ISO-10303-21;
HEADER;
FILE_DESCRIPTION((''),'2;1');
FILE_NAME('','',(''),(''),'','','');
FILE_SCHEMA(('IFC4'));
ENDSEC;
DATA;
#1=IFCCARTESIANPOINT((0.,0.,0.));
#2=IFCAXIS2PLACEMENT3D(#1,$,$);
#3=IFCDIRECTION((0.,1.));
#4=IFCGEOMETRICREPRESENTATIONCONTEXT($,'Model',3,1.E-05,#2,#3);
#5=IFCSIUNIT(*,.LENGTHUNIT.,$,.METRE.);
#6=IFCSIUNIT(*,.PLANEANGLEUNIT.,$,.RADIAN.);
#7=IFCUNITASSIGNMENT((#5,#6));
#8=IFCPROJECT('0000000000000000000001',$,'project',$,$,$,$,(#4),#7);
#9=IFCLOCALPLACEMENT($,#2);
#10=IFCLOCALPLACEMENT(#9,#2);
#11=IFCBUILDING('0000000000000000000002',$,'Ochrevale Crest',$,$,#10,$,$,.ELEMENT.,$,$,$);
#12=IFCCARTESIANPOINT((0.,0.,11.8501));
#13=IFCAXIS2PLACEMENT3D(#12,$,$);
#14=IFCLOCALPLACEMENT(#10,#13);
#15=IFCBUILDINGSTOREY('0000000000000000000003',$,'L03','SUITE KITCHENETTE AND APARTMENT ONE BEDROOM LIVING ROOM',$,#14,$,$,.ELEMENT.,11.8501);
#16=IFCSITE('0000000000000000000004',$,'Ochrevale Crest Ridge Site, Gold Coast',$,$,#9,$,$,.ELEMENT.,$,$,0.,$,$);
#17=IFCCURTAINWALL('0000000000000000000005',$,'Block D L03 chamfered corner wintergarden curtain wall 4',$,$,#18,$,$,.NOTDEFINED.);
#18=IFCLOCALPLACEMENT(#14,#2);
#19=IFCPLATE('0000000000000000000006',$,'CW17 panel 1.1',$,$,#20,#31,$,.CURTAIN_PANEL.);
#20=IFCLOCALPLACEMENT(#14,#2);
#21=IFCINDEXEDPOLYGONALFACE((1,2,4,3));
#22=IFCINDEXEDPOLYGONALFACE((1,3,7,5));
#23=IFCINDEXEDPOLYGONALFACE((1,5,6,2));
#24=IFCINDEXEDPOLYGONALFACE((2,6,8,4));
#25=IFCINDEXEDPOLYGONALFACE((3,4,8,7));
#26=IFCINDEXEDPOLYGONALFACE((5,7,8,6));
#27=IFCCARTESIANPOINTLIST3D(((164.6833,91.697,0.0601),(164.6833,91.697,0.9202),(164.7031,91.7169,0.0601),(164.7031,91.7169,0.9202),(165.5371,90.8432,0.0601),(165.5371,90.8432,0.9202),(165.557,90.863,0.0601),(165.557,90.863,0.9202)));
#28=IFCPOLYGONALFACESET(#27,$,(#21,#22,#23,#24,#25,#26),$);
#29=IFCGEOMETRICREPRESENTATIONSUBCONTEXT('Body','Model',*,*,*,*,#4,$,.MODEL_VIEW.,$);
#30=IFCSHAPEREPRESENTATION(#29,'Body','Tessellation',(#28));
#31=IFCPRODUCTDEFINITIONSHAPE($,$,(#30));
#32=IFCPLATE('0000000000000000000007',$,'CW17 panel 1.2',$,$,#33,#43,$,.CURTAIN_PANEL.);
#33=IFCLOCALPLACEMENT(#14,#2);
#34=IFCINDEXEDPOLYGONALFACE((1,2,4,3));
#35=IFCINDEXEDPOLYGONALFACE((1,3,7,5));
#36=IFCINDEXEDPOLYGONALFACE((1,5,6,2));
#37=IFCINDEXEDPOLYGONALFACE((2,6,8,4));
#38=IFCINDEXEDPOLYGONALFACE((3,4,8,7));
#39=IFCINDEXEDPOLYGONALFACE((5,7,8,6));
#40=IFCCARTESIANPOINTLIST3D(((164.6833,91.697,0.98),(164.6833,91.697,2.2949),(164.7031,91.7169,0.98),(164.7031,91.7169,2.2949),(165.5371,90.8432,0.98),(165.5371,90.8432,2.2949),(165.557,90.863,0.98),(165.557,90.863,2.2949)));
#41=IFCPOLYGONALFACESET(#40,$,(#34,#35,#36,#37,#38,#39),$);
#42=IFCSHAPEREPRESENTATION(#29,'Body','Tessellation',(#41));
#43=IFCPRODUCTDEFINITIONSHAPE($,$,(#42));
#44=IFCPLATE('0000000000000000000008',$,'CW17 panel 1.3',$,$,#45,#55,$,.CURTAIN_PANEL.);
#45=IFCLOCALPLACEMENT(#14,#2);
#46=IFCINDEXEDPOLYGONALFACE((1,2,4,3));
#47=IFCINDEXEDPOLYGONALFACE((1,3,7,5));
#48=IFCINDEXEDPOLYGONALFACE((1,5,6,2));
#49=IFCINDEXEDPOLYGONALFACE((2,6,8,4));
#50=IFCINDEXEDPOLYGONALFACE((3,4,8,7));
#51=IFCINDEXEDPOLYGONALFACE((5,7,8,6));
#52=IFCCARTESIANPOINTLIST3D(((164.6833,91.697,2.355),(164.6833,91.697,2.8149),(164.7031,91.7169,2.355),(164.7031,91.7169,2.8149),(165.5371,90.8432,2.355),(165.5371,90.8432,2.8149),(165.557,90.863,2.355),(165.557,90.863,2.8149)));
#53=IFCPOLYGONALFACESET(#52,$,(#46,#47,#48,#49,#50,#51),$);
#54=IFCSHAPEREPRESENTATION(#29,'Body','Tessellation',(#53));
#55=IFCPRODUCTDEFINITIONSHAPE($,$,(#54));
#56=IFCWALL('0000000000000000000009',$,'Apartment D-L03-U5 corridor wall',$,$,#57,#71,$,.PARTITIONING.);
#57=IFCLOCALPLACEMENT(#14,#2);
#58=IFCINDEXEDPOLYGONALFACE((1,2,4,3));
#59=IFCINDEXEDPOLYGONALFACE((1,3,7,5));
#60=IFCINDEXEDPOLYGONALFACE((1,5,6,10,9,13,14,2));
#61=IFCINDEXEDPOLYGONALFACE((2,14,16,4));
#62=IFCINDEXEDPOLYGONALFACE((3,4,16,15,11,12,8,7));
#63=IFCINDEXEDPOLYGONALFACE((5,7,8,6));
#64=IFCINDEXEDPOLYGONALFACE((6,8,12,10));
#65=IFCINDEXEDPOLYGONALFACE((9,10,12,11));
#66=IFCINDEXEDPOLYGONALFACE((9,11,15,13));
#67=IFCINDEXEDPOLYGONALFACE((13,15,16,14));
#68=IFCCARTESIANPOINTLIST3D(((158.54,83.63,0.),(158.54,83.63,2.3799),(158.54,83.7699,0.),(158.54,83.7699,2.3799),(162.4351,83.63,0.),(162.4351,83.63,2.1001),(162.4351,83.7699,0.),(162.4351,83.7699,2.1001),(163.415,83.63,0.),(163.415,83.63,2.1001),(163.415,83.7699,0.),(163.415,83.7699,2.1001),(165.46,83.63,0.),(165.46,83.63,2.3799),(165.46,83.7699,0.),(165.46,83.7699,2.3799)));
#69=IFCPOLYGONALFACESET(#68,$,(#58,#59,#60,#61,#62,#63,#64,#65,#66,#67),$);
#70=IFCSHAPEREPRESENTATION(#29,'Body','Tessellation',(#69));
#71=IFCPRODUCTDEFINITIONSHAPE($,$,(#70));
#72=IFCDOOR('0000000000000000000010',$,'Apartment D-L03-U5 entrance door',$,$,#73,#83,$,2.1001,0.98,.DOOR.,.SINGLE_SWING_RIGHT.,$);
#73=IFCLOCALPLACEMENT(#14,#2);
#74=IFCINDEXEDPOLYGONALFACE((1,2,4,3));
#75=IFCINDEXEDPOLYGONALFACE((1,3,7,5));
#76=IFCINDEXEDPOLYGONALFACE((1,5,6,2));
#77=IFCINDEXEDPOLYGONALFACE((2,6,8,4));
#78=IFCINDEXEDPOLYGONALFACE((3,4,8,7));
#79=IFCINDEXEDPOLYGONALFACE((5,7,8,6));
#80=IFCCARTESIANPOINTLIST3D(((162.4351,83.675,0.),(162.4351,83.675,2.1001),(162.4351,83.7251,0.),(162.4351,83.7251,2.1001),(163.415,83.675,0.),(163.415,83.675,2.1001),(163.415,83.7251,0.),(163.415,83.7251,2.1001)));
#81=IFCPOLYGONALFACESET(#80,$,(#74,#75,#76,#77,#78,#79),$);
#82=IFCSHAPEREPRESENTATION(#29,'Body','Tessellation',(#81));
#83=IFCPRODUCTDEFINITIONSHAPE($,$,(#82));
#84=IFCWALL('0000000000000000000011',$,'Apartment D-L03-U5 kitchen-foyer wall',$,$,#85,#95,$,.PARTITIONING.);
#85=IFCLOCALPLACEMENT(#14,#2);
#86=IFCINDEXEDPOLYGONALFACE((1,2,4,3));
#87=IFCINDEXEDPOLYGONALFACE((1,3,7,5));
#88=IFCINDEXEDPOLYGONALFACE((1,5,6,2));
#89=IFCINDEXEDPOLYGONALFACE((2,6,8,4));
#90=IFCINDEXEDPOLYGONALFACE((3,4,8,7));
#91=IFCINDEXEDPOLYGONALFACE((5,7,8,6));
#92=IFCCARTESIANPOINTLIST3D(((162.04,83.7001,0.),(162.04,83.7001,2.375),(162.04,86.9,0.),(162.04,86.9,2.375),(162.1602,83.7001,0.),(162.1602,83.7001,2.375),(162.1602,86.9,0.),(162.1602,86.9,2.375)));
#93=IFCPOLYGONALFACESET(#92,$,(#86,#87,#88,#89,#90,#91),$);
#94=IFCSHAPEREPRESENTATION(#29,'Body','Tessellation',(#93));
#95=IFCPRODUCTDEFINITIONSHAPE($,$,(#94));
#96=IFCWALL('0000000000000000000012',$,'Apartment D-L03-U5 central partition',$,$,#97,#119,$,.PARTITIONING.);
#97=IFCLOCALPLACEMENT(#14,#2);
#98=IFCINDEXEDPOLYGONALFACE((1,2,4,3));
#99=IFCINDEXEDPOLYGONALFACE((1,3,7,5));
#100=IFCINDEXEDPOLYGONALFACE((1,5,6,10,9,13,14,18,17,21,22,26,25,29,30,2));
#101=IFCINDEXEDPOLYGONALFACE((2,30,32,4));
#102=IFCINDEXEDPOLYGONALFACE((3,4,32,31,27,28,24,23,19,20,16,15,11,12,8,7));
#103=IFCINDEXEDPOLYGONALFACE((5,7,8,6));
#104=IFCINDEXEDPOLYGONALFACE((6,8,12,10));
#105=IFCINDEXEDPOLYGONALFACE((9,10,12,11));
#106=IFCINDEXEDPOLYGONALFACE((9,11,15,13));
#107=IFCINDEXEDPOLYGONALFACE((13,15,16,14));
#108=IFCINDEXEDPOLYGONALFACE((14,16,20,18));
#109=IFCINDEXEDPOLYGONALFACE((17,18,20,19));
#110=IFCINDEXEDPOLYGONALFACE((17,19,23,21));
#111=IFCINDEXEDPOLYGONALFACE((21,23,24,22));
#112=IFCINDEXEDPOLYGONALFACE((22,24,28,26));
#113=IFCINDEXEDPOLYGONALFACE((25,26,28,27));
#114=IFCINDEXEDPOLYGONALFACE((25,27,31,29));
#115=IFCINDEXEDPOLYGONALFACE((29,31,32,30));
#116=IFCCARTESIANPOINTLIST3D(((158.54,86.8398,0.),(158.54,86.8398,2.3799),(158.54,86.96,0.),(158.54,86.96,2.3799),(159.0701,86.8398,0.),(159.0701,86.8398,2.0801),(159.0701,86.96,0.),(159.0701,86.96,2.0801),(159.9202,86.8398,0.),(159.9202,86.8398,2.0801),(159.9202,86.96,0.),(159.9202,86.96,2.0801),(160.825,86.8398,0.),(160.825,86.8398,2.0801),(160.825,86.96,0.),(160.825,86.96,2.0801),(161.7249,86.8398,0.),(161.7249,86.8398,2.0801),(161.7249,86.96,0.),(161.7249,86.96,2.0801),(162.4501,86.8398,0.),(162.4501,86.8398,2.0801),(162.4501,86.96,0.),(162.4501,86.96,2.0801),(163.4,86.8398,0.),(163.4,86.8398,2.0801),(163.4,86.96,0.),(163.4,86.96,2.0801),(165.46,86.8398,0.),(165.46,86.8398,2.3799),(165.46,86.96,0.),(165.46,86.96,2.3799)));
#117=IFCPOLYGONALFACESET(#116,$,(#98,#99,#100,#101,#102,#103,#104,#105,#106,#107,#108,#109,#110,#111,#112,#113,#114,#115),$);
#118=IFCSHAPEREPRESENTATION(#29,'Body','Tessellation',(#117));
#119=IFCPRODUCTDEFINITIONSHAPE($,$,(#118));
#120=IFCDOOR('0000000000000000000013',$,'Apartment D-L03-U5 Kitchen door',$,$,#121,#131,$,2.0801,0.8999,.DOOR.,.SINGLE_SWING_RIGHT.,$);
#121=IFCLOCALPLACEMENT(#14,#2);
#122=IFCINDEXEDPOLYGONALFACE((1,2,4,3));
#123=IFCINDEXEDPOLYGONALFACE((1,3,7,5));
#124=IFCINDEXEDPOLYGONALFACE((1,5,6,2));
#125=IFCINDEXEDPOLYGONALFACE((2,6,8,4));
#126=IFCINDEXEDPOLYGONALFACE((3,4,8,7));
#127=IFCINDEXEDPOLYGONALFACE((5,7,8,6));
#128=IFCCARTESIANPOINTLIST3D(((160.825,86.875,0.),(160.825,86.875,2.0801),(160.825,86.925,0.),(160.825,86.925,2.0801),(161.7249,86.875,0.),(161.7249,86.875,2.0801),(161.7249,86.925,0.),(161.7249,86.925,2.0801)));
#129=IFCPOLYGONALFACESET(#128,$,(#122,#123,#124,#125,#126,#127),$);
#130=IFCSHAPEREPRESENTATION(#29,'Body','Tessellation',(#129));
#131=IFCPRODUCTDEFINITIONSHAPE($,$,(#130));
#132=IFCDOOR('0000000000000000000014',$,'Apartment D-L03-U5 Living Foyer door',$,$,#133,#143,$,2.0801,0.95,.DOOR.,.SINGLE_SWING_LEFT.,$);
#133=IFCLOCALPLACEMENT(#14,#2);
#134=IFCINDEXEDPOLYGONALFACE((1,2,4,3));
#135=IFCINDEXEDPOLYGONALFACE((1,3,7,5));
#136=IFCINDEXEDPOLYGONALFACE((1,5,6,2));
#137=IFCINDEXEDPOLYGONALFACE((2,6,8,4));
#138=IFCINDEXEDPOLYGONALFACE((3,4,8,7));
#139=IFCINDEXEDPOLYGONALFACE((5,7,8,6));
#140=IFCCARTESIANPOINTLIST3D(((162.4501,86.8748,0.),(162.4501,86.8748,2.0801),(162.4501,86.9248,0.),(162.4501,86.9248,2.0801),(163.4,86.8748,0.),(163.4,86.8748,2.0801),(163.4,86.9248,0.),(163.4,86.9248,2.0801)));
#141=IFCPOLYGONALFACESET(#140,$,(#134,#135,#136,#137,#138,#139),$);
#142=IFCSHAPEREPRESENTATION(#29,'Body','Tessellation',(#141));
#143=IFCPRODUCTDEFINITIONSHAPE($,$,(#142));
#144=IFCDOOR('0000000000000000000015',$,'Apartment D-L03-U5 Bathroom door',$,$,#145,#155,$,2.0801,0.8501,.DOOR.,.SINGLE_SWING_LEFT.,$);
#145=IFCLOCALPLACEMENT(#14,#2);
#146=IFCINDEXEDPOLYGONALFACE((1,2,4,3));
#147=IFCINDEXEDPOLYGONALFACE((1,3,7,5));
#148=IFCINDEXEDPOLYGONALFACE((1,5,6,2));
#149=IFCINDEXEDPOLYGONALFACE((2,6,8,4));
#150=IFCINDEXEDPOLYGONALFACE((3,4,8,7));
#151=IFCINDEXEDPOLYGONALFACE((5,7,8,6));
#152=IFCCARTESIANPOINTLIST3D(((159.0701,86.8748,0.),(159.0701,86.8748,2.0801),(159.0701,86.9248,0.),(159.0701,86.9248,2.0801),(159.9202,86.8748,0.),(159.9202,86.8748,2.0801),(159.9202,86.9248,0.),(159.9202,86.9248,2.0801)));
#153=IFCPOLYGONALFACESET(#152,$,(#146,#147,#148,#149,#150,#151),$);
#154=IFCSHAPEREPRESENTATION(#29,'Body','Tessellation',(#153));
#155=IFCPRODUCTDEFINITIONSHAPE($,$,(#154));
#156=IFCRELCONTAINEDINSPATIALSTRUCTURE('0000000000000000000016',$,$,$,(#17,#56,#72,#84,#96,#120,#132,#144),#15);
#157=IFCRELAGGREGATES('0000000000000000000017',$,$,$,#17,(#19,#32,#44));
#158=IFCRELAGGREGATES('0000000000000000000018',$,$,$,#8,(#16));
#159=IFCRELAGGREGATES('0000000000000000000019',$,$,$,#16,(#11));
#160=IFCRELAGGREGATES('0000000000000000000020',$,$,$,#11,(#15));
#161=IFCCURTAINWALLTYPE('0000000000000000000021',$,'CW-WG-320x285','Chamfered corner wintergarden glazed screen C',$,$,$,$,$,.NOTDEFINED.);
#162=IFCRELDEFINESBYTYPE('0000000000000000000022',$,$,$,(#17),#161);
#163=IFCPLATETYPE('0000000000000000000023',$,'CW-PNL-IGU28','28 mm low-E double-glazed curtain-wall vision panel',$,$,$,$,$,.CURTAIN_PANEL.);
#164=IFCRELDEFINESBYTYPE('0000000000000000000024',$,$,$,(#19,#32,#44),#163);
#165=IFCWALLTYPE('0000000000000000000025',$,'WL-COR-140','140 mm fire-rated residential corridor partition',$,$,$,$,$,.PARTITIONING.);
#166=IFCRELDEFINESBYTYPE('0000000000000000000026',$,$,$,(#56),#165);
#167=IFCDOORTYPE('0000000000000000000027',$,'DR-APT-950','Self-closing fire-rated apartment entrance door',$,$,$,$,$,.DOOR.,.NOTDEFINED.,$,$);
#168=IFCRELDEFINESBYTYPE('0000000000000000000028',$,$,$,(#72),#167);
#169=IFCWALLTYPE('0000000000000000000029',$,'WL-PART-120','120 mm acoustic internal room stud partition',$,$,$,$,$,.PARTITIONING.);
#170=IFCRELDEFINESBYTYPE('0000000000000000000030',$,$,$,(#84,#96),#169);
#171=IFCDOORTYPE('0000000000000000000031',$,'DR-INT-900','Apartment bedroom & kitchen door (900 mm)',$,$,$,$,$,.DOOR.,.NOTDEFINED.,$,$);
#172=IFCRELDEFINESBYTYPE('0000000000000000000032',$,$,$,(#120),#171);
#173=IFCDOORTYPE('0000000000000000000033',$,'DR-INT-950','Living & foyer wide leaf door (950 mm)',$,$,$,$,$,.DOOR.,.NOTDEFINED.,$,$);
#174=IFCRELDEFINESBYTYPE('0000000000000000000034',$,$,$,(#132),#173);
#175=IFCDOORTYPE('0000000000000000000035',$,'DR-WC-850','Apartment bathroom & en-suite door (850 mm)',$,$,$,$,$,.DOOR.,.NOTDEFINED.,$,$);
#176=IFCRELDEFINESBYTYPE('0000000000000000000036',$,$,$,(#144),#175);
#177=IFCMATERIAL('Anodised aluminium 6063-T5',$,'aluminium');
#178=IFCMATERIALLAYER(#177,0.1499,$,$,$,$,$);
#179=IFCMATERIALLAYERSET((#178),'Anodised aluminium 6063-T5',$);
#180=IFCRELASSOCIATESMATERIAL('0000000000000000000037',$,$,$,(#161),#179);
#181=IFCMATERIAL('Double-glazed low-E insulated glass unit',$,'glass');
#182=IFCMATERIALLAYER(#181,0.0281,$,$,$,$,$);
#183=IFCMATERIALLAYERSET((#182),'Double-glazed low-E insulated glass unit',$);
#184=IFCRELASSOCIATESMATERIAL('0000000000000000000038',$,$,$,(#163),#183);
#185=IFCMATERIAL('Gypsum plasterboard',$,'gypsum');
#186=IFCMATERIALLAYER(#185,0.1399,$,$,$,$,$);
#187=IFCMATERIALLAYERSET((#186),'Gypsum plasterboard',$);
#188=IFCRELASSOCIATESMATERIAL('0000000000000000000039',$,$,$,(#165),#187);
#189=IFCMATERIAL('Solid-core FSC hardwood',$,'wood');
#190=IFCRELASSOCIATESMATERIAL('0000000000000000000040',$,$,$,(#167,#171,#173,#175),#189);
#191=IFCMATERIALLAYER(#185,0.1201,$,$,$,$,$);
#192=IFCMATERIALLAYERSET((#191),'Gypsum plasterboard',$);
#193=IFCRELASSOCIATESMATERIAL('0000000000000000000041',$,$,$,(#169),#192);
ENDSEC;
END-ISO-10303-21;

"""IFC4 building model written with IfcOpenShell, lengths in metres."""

from ifc_helpers import new_model, si_unit, direction, frame, frame_2d, origin, origin_2d, place, context, subcontext, project, spatial, rectangle, extrude, material, layer, layer_set, type_object, element, fill, aggregate, save


model = new_model("IFC4")

# Units and contexts
model_context = context("Model", 3, precision=1e-05, world=origin(), true_north=direction((0.0, 1.0)))
body_context = subcontext(model_context, "Body", "Model", "MODEL_VIEW")
ifc_project = project(units=[si_unit("LENGTHUNIT", "METRE"), si_unit("PLANEANGLEUNIT", "RADIAN")], contexts=[model_context])

# Site, building, storey
site_placement = place(None, origin())
site = spatial("IfcSite", under=ifc_project, at=site_placement, Name="Ochrevale Crest Ridge Site, Gold Coast", CompositionType="ELEMENT", RefElevation=0.0)
building_placement = place(site_placement, origin())
building = spatial("IfcBuilding", under=site, at=building_placement, Name="Ochrevale Crest", CompositionType="ELEMENT")
storey_placement = place(building_placement, frame((0.0, 0.0, 11.8501)))
storey = spatial("IfcBuildingStorey", under=building, at=storey_placement, Name="L03", Description="SUITE KITCHENETTE AND APARTMENT ONE BEDROOM LIVING ROOM", CompositionType="ELEMENT", Elevation=11.8501)

# Curtain wall, plates
ifc_material_1 = material(Name="Anodised aluminium 6063-T5", Category="aluminium")
ifc_layer_1 = layer(ifc_material_1, 0.1499)
ifc_layer_set_1 = layer_set([ifc_layer_1], Name="Anodised aluminium 6063-T5")
curtain_wall_type = type_object("IfcCurtainWallType", Name="CW-WG-320x285", Description="Chamfered corner wintergarden glazed screen C", PredefinedType="NOTDEFINED", material=ifc_layer_set_1)
curtain_wall_placement = place(storey_placement, origin())
curtain_wall = element("IfcCurtainWall", 1, at=curtain_wall_placement, inside=storey, type_object=curtain_wall_type, Name="Block D L03 chamfered corner wintergarden curtain wall 4", PredefinedType="NOTDEFINED")
ifc_material_2 = material(Name="Double-glazed low-E insulated glass unit", Category="glass")
ifc_layer_2 = layer(ifc_material_2, 0.0281)
ifc_layer_set_2 = layer_set([ifc_layer_2], Name="Double-glazed low-E insulated glass unit")
plate_type = type_object("IfcPlateType", Name="CW-PNL-IGU28", Description="28 mm low-E double-glazed curtain-wall vision panel", PredefinedType="CURTAIN_PANEL", material=ifc_layer_set_2)
plate_1_placement = place(storey_placement, frame((165.1201, 91.28, 0.0601), z_axis=(0.0, 0.0, 1.0), x_axis=(-0.707107, 0.707107, 0.0)))
plate_1 = element("IfcPlate", 2, at=plate_1_placement, type_object=plate_type, Name="CW17 panel 1.1", PredefinedType="CURTAIN_PANEL", context=body_context, shape_type="SweptSolid", body=[
    extrude(rectangle(XDim=1.2075, YDim=0.0281, at=origin_2d()), origin(), (0.0, 0.0, 1.0), 0.8601),
])
plate_2_placement = place(storey_placement, frame((165.1201, 91.28, 0.98), z_axis=(0.0, 0.0, 1.0), x_axis=(-0.707107, 0.707107, 0.0)))
plate_2 = element("IfcPlate", 3, at=plate_2_placement, type_object=plate_type, Name="CW17 panel 1.2", PredefinedType="CURTAIN_PANEL", context=body_context, shape_type="SweptSolid", body=[
    extrude(rectangle(XDim=1.2075, YDim=0.0281, at=origin_2d()), origin(), (0.0, 0.0, 1.0), 1.3149),
])
plate_3_placement = place(storey_placement, frame((165.1201, 91.28, 2.355), z_axis=(0.0, 0.0, 1.0), x_axis=(-0.707107, 0.707107, 0.0)))
plate_3 = element("IfcPlate", 4, at=plate_3_placement, type_object=plate_type, Name="CW17 panel 1.3", PredefinedType="CURTAIN_PANEL", context=body_context, shape_type="SweptSolid", body=[
    extrude(rectangle(XDim=1.2075, YDim=0.0281, at=origin_2d()), origin(), (0.0, 0.0, 1.0), 0.46),
])
aggregate(curtain_wall, [plate_1, plate_2, plate_3])

# Wall, opening, door
ifc_material_3 = material(Name="Gypsum plasterboard", Category="gypsum")
ifc_layer_3 = layer(ifc_material_3, 0.1399)
ifc_layer_set_3 = layer_set([ifc_layer_3], Name="Gypsum plasterboard")
wall_type_1 = type_object("IfcWallType", Name="WL-COR-140", Description="140 mm fire-rated residential corridor partition", PredefinedType="PARTITIONING", material=ifc_layer_set_3)
wall_1_placement = place(storey_placement, frame((158.54, 83.7, 0.0), z_axis=(0.0, 0.0, 1.0), x_axis=(1.0, 0.0, 0.0)))
wall_1 = element("IfcWall", 5, at=wall_1_placement, inside=storey, type_object=wall_type_1, Name="Apartment D-L03-U5 corridor wall", PredefinedType="PARTITIONING", context=body_context, shape_type="SweptSolid", body=[
    extrude(rectangle(XDim=6.9199, YDim=0.1399, at=frame_2d((3.46, 0.0))), origin(), (0.0, 0.0, 1.0), 2.3799),
])
opening_1_placement = place(wall_1_placement, frame((4.875, 0.0, 0.0), z_axis=(0.0, 0.0, 1.0), x_axis=(-1.0, 0.0, 0.0)))
opening_1 = element("IfcOpeningElement", 6, at=opening_1_placement, cuts=wall_1, PredefinedType="OPENING", context=body_context, shape_type="SweptSolid", body=[
    extrude(rectangle(XDim=0.98, YDim=2.1001, at=frame_2d((0.49, 1.05))), frame((0.0, 0.0801, 0.0), z_axis=(0.0, -1.0, 0.0), x_axis=(1.0, 0.0, 0.0)), (0.0, 0.0, 1.0), 0.1599),
])
ifc_material_4 = material(Name="Solid-core FSC hardwood", Category="wood")
door_type_1 = type_object("IfcDoorType", Name="DR-APT-950", Description="Self-closing fire-rated apartment entrance door", OperationType="NOTDEFINED", PredefinedType="DOOR", material=ifc_material_4)
door_1_placement = place(opening_1_placement, origin())
door_1 = element("IfcDoor", 7, at=door_1_placement, inside=storey, type_object=door_type_1, Name="Apartment D-L03-U5 entrance door", OperationType="SINGLE_SWING_RIGHT", OverallHeight=2.1001, OverallWidth=0.98, PredefinedType="DOOR", context=body_context, shape_type="SweptSolid", body=[
    extrude(rectangle(XDim=0.98, YDim=2.1001, at=frame_2d((0.49, 1.05))), frame((0.0, 0.0249, 0.0), z_axis=(0.0, -1.0, 0.0), x_axis=(1.0, 0.0, 0.0)), (0.0, 0.0, 1.0), 0.05),
])
fill(opening_1, door_1)

# Wall
ifc_layer_4 = layer(ifc_material_3, 0.1201)
ifc_layer_set_4 = layer_set([ifc_layer_4], Name="Gypsum plasterboard")
wall_type_2 = type_object("IfcWallType", Name="WL-PART-120", Description="120 mm acoustic internal room stud partition", PredefinedType="PARTITIONING", material=ifc_layer_set_4)
wall_2_placement = place(storey_placement, frame((162.1001, 83.7, 0.0), z_axis=(0.0, 0.0, 1.0), x_axis=(0.0, 1.0, 0.0)))
element("IfcWall", 8, at=wall_2_placement, inside=storey, type_object=wall_type_2, Name="Apartment D-L03-U5 kitchen-foyer wall", PredefinedType="PARTITIONING", context=body_context, shape_type="SweptSolid", body=[
    extrude(rectangle(XDim=3.2, YDim=0.1201, at=frame_2d((1.6001, 0.0))), origin(), (0.0, 0.0, 1.0), 2.375),
])

# Wall, openings, doors
wall_3_placement = place(storey_placement, frame((158.54, 86.8999, 0.0), z_axis=(0.0, 0.0, 1.0), x_axis=(1.0, 0.0, 0.0)))
wall_3 = element("IfcWall", 9, at=wall_3_placement, inside=storey, type_object=wall_type_2, Name="Apartment D-L03-U5 central partition", PredefinedType="PARTITIONING", context=body_context, shape_type="SweptSolid", body=[
    extrude(rectangle(XDim=6.9199, YDim=0.1201, at=frame_2d((3.46, 0.0))), origin(), (0.0, 0.0, 1.0), 2.3799),
])
opening_2_placement = place(wall_3_placement, frame((0.53, 0.0, 0.0)))
opening_2 = element("IfcOpeningElement", 10, at=opening_2_placement, cuts=wall_3, PredefinedType="OPENING", context=body_context, shape_type="SweptSolid", body=[
    extrude(rectangle(XDim=0.8501, YDim=2.0801, at=frame_2d((0.425, 1.04))), frame((0.0, 0.0701, 0.0), z_axis=(0.0, -1.0, 0.0), x_axis=(1.0, 0.0, 0.0)), (0.0, 0.0, 1.0), 0.1401),
])
opening_3_placement = place(wall_3_placement, frame((3.1848, 0.0, 0.0), z_axis=(0.0, 0.0, 1.0), x_axis=(-1.0, 0.0, 0.0)))
opening_3 = element("IfcOpeningElement", 11, at=opening_3_placement, cuts=wall_3, PredefinedType="OPENING", context=body_context, shape_type="SweptSolid", body=[
    extrude(rectangle(XDim=0.8999, YDim=2.0801, at=frame_2d((0.45, 1.04))), frame((0.0, 0.0701, 0.0), z_axis=(0.0, -1.0, 0.0), x_axis=(1.0, 0.0, 0.0)), (0.0, 0.0, 1.0), 0.1401),
])
opening_4_placement = place(wall_3_placement, frame((3.9099, 0.0, 0.0)))
opening_4 = element("IfcOpeningElement", 12, at=opening_4_placement, cuts=wall_3, PredefinedType="OPENING", context=body_context, shape_type="SweptSolid", body=[
    extrude(rectangle(XDim=0.95, YDim=2.0801, at=frame_2d((0.4751, 1.04))), frame((0.0, 0.0701, 0.0), z_axis=(0.0, -1.0, 0.0), x_axis=(1.0, 0.0, 0.0)), (0.0, 0.0, 1.0), 0.1401),
])
door_type_2 = type_object("IfcDoorType", Name="DR-INT-900", Description="Apartment bedroom & kitchen door (900 mm)", OperationType="NOTDEFINED", PredefinedType="DOOR", material=ifc_material_4)
door_2_placement = place(opening_3_placement, origin())
door_2 = element("IfcDoor", 13, at=door_2_placement, inside=storey, type_object=door_type_2, Name="Apartment D-L03-U5 Kitchen door", OperationType="SINGLE_SWING_RIGHT", OverallHeight=2.0801, OverallWidth=0.8999, PredefinedType="DOOR", context=body_context, shape_type="SweptSolid", body=[
    extrude(rectangle(XDim=0.8999, YDim=2.0801, at=frame_2d((0.45, 1.04))), frame((0.0, 0.0249, 0.0), z_axis=(0.0, -1.0, 0.0), x_axis=(1.0, 0.0, 0.0)), (0.0, 0.0, 1.0), 0.05),
])
fill(opening_3, door_2)
door_type_3 = type_object("IfcDoorType", Name="DR-INT-950", Description="Living & foyer wide leaf door (950 mm)", OperationType="NOTDEFINED", PredefinedType="DOOR", material=ifc_material_4)
door_3_placement = place(opening_4_placement, origin())
door_3 = element("IfcDoor", 14, at=door_3_placement, inside=storey, type_object=door_type_3, Name="Apartment D-L03-U5 Living Foyer door", OperationType="SINGLE_SWING_LEFT", OverallHeight=2.0801, OverallWidth=0.95, PredefinedType="DOOR", context=body_context, shape_type="SweptSolid", body=[
    extrude(rectangle(XDim=0.95, YDim=2.0801, at=frame_2d((0.4751, 1.04))), frame((0.0, 0.0249, 0.0), z_axis=(0.0, -1.0, 0.0), x_axis=(1.0, 0.0, 0.0)), (0.0, 0.0, 1.0), 0.05),
])
fill(opening_4, door_3)
door_type_4 = type_object("IfcDoorType", Name="DR-WC-850", Description="Apartment bathroom & en-suite door (850 mm)", OperationType="NOTDEFINED", PredefinedType="DOOR", material=ifc_material_4)
door_4_placement = place(opening_2_placement, origin())
door_4 = element("IfcDoor", 15, at=door_4_placement, inside=storey, type_object=door_type_4, Name="Apartment D-L03-U5 Bathroom door", OperationType="SINGLE_SWING_LEFT", OverallHeight=2.0801, OverallWidth=0.8501, PredefinedType="DOOR", context=body_context, shape_type="SweptSolid", body=[
    extrude(rectangle(XDim=0.8501, YDim=2.0801, at=frame_2d((0.425, 1.04))), frame((0.0, 0.0249, 0.0), z_axis=(0.0, -1.0, 0.0), x_axis=(1.0, 0.0, 0.0)), (0.0, 0.0, 1.0), 0.05),
])
fill(opening_2, door_4)

save(model, "model.ifc")
